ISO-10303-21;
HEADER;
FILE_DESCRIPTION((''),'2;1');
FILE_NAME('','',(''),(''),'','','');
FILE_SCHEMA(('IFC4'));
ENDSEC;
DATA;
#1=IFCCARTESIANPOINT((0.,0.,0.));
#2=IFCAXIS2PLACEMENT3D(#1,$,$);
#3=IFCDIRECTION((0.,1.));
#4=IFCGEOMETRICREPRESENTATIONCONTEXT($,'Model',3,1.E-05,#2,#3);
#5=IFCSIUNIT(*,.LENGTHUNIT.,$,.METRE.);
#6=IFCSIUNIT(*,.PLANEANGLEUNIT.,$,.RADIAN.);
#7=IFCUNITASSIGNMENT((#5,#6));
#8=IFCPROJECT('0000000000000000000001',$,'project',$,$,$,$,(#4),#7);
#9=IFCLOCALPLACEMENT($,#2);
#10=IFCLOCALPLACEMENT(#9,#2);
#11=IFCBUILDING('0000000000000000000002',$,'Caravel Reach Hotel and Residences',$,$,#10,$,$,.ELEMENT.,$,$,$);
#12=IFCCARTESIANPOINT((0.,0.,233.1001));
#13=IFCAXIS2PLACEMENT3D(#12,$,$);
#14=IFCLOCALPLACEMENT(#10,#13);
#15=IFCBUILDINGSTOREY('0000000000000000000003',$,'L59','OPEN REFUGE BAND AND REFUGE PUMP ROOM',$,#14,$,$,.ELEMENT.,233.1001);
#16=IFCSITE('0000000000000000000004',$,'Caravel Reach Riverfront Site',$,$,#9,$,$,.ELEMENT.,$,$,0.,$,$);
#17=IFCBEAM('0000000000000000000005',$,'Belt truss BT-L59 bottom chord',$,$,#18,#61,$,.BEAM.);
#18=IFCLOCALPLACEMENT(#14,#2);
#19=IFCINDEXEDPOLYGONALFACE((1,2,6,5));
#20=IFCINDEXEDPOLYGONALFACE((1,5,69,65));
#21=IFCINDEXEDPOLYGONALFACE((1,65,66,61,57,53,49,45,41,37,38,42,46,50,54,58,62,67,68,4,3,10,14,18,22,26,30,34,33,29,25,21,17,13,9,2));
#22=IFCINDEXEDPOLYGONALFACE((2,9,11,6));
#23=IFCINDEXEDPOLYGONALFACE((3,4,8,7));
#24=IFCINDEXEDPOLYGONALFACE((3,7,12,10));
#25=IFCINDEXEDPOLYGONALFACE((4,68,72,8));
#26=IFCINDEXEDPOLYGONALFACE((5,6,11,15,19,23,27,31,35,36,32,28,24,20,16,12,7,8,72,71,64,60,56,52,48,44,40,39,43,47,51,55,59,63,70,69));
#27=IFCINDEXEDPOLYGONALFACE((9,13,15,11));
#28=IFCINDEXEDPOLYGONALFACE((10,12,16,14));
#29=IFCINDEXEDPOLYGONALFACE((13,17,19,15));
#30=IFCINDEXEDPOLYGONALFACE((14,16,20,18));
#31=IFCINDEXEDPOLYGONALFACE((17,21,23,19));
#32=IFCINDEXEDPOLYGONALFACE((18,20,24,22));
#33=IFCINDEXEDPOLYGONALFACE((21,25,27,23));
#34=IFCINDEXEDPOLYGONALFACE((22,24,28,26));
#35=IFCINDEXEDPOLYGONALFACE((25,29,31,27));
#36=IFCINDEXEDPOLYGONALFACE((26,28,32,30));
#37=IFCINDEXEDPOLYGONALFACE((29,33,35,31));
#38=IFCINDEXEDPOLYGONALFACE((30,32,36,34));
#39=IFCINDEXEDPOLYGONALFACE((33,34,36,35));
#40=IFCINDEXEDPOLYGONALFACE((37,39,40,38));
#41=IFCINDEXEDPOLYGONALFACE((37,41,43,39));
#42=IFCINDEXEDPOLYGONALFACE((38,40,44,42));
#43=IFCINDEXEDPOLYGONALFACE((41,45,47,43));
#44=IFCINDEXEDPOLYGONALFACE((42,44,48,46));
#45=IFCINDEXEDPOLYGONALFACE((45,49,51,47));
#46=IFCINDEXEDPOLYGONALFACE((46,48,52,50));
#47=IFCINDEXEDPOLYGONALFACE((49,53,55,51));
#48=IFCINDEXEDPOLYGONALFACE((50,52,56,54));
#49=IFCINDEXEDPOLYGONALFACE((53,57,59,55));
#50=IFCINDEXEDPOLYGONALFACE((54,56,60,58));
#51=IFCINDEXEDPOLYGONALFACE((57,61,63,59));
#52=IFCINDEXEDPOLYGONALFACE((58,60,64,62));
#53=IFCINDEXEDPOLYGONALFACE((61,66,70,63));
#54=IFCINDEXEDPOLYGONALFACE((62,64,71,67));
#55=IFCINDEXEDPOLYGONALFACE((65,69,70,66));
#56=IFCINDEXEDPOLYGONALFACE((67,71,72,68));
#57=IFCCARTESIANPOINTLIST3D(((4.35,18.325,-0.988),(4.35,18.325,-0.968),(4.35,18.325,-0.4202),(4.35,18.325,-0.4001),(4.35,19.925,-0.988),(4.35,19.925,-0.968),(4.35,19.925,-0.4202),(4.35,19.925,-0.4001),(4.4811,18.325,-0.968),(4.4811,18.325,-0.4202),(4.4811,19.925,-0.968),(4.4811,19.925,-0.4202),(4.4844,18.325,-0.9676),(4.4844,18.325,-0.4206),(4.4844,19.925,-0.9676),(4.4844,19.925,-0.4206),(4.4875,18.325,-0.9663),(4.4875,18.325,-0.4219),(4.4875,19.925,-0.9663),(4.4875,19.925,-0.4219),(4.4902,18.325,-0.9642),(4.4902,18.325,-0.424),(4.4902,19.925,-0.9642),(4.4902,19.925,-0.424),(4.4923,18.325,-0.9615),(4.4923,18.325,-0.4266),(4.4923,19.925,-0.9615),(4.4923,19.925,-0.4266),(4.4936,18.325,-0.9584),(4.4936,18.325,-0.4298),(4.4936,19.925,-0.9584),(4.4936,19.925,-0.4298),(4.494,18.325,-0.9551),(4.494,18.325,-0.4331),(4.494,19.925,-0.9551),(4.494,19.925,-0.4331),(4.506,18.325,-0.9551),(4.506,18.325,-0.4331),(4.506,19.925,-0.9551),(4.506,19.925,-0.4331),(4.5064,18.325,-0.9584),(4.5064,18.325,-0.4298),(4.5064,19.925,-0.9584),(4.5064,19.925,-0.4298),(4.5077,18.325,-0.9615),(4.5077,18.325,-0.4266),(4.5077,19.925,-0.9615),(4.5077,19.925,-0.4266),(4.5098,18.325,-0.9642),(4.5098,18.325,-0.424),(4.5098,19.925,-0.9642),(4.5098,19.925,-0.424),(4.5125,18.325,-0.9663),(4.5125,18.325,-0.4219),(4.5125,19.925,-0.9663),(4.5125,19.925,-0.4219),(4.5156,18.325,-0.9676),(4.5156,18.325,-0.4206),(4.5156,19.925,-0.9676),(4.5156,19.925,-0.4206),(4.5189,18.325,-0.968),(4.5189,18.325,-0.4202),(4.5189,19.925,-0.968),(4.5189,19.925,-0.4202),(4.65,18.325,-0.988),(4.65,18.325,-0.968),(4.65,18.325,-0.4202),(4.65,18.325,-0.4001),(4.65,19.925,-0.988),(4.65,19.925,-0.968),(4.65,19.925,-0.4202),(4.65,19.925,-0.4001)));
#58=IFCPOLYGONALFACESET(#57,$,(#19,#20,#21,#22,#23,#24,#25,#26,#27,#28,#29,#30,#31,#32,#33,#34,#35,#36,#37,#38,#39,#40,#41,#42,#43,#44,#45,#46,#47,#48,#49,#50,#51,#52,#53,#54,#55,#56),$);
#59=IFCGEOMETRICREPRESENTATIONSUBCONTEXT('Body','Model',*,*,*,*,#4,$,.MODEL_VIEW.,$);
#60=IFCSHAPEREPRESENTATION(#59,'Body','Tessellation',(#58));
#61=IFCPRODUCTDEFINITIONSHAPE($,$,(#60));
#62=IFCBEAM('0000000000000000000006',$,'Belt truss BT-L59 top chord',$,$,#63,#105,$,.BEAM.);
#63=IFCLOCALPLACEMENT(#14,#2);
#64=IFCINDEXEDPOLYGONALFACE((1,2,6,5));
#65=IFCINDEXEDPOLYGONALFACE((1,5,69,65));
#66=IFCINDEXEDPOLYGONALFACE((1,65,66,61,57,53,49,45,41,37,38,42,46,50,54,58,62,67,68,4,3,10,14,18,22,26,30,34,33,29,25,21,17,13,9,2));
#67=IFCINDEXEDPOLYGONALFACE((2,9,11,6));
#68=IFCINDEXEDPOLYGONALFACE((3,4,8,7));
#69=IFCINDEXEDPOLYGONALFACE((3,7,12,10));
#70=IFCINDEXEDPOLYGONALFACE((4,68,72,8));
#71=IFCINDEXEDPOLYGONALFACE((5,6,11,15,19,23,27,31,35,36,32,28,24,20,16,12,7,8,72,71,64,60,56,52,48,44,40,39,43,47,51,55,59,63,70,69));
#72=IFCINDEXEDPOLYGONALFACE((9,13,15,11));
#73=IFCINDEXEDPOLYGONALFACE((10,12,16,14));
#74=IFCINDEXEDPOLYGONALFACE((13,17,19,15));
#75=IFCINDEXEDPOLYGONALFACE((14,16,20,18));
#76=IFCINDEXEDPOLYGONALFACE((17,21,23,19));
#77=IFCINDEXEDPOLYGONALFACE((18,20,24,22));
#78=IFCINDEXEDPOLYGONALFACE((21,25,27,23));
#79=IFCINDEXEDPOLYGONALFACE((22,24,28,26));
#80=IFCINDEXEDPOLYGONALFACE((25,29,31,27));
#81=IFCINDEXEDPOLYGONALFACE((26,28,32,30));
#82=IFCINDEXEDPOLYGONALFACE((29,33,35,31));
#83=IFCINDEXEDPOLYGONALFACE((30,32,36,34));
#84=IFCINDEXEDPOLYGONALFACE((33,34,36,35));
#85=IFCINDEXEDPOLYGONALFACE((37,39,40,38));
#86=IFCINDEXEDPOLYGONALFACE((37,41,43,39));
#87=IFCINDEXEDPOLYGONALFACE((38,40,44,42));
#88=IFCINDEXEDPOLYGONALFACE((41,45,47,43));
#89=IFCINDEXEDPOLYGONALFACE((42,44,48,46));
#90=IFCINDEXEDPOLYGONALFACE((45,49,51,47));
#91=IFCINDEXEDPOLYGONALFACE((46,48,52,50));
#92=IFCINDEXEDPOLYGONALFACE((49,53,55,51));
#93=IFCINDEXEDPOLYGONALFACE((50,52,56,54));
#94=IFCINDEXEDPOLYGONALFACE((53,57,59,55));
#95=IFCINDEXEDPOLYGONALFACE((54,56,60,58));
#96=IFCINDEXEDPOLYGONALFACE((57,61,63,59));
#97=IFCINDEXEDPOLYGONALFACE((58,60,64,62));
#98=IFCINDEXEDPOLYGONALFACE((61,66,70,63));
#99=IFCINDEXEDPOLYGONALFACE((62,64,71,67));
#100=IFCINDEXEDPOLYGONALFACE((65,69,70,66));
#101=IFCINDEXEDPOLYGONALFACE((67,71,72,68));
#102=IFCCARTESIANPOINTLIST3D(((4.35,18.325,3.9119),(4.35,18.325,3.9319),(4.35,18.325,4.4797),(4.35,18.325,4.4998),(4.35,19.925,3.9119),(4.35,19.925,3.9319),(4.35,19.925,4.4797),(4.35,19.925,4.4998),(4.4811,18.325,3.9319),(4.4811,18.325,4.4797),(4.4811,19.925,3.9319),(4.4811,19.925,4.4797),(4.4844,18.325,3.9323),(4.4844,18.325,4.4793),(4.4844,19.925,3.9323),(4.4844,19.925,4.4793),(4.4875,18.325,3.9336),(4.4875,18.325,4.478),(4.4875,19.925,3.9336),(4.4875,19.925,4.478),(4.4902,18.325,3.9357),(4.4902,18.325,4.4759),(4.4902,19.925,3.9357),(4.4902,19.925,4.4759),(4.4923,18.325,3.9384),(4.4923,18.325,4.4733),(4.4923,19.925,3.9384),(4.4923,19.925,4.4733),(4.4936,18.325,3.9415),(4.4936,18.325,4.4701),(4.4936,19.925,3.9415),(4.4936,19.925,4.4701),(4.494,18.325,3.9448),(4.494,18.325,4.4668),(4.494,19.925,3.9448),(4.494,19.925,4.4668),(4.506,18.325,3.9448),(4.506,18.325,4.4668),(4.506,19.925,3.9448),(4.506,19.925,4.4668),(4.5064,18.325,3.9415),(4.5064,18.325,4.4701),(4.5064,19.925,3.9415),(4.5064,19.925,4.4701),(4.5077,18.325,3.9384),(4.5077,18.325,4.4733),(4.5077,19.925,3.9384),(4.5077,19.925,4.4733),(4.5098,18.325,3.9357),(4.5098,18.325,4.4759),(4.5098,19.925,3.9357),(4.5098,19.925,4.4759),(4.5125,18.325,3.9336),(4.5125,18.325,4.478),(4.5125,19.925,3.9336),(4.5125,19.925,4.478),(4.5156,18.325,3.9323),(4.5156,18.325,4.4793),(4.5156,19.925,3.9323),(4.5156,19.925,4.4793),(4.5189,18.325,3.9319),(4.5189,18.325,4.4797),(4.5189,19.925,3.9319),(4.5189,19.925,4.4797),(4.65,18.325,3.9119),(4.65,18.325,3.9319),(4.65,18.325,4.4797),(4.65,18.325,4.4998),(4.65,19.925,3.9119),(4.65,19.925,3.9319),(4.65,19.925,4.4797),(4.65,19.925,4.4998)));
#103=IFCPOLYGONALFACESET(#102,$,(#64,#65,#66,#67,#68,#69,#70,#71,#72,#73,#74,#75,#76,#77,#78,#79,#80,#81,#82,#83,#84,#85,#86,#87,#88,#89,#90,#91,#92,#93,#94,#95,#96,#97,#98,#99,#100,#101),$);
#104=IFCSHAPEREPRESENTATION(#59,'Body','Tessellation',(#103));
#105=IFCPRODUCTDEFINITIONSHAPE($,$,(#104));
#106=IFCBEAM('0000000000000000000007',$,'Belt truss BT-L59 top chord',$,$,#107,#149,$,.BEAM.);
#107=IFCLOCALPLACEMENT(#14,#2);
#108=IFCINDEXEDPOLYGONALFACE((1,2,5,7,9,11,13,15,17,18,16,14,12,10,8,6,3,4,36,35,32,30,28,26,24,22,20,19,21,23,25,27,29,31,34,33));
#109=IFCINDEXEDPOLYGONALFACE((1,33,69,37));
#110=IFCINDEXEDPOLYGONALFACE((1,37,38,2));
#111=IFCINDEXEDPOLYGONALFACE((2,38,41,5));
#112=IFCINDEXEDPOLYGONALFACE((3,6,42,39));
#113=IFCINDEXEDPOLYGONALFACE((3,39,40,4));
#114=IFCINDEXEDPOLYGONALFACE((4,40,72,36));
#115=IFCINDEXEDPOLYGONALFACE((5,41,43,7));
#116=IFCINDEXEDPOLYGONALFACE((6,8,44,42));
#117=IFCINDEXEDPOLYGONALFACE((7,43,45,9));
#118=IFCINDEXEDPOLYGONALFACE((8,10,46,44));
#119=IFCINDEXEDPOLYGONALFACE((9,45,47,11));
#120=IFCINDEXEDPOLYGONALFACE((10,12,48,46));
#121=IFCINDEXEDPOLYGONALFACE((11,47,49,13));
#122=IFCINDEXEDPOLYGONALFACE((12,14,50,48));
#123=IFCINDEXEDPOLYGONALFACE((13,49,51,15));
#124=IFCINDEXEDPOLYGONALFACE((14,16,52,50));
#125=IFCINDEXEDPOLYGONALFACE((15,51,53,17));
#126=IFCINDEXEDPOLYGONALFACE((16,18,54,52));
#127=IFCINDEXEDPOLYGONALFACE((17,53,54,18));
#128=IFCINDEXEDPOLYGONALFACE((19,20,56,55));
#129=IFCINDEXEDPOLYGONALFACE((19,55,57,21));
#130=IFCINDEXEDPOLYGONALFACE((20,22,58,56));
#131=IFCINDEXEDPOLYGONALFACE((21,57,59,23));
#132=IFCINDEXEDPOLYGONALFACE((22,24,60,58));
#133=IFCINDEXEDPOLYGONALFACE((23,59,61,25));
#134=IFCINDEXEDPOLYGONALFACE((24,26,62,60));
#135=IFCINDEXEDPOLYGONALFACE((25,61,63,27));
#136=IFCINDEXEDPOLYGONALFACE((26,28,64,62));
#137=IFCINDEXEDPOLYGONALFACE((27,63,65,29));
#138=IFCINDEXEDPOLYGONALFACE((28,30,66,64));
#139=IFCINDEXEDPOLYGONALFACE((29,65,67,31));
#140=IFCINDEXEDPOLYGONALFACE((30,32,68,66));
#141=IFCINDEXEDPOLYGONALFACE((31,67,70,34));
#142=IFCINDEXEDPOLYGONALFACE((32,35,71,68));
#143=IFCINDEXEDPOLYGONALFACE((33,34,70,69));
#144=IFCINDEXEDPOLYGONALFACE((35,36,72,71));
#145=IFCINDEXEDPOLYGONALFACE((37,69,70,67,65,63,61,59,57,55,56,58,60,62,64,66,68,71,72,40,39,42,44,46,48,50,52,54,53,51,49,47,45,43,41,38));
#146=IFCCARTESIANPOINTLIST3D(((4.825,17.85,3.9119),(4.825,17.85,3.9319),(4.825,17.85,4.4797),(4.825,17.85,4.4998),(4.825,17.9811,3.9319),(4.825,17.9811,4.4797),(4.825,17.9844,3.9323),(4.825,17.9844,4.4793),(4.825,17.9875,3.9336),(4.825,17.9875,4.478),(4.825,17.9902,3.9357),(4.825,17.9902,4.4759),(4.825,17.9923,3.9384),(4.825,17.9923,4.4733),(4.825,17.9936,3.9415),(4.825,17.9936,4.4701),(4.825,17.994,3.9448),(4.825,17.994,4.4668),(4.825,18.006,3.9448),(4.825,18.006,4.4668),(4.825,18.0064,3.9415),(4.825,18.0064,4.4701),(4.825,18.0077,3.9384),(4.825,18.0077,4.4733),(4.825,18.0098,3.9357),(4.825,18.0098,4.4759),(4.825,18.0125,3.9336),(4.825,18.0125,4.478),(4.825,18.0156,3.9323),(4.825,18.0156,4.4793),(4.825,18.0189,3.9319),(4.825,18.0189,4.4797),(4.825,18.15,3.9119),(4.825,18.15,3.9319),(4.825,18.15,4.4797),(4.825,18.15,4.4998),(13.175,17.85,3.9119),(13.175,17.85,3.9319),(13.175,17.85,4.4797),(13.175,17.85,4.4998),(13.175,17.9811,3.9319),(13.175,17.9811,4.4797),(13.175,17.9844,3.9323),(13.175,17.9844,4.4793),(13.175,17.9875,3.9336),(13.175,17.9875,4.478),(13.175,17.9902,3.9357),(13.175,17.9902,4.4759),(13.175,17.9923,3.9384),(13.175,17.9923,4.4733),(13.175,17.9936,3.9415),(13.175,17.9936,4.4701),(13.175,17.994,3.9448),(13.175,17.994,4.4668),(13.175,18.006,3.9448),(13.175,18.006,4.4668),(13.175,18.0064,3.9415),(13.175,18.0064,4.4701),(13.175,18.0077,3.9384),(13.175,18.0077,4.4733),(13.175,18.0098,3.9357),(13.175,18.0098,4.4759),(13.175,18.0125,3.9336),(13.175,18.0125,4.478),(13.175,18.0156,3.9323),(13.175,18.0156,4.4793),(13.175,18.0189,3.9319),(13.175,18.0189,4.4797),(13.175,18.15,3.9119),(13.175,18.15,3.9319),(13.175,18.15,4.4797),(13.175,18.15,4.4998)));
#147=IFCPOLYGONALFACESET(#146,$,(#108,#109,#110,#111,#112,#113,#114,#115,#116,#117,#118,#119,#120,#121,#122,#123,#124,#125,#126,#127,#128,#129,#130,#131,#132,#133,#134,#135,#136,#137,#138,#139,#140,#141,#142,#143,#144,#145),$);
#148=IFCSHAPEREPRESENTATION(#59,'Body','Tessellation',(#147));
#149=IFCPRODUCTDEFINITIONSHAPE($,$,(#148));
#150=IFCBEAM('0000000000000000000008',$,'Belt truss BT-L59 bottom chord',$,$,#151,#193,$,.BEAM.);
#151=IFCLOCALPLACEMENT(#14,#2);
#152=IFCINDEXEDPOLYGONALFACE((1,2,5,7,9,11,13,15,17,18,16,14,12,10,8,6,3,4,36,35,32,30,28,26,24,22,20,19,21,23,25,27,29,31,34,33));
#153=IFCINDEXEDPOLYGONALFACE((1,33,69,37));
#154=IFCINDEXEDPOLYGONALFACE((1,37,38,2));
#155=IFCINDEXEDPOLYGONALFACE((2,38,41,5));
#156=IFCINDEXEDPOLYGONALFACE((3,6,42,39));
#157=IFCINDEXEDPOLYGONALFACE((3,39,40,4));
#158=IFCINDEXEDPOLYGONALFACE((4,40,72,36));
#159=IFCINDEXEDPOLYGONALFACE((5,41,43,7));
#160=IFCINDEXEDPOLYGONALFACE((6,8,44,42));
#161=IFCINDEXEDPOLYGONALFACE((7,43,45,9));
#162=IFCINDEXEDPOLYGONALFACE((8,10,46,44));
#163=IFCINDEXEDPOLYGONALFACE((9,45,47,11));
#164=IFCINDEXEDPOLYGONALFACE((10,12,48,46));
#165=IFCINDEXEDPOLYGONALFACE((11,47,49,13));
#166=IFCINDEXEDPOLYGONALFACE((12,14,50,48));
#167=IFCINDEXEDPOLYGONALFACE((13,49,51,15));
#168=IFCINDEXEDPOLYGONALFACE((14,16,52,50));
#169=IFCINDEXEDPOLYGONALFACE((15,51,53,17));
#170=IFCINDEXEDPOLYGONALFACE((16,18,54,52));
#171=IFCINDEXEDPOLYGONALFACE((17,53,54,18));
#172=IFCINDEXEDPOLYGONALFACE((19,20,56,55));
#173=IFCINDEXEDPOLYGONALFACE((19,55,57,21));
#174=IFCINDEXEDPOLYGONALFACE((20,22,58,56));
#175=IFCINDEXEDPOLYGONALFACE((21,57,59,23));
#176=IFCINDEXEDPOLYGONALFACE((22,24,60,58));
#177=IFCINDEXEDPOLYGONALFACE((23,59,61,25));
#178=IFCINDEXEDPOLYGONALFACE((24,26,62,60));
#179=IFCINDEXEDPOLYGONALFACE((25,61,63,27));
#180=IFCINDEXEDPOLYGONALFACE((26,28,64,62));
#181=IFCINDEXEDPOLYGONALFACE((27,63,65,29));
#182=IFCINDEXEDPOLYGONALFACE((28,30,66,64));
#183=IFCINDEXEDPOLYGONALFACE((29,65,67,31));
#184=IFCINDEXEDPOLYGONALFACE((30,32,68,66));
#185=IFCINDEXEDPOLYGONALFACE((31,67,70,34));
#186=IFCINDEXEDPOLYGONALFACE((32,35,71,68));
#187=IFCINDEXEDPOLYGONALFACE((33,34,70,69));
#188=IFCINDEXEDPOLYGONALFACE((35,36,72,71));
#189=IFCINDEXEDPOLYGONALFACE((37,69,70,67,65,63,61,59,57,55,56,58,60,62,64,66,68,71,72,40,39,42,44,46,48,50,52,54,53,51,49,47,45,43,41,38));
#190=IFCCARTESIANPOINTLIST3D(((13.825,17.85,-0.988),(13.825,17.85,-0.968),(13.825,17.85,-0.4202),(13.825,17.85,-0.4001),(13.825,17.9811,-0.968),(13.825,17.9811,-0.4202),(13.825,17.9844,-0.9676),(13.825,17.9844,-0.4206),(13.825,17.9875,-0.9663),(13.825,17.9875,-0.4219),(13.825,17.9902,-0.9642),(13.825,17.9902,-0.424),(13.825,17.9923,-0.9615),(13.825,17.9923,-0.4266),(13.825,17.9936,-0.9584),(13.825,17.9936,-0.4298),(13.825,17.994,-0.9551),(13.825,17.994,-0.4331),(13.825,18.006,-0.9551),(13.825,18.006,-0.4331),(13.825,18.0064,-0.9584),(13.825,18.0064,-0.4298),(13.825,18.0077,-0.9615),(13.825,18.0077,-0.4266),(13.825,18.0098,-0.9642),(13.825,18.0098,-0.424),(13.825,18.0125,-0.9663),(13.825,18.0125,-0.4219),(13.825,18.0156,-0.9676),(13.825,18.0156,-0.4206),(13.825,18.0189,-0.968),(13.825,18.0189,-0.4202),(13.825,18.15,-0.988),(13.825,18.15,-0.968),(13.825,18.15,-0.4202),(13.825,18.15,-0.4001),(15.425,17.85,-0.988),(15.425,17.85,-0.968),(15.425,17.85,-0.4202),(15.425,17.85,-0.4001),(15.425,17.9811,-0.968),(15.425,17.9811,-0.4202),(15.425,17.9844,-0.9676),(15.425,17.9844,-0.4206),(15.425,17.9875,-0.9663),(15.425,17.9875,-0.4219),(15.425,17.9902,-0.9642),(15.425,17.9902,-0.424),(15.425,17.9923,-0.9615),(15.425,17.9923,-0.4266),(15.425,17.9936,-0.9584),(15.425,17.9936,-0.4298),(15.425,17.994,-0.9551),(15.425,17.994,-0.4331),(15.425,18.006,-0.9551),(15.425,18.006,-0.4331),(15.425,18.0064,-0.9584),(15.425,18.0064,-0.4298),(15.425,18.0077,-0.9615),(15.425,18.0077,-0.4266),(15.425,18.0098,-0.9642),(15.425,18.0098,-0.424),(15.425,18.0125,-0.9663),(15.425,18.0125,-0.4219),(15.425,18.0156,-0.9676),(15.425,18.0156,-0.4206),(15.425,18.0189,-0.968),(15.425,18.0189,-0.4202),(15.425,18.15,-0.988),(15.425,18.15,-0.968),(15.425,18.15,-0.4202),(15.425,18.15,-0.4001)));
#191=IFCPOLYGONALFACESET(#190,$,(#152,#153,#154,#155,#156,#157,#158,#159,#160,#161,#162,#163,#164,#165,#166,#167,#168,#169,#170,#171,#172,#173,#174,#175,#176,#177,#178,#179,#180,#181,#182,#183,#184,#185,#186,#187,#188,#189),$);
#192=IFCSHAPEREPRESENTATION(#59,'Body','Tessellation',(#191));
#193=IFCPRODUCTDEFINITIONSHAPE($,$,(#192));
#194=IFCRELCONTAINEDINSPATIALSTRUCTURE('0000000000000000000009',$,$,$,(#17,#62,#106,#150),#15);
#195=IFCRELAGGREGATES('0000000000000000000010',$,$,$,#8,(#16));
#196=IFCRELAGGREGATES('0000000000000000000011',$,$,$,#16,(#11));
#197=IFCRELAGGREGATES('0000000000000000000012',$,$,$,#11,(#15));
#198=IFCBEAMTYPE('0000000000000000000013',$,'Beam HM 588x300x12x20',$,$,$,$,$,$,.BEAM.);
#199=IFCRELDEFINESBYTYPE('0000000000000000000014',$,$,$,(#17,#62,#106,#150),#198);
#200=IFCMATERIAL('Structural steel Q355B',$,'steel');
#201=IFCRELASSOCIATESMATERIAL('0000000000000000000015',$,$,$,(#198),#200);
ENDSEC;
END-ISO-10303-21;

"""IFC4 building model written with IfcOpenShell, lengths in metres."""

from ifc_helpers import new_model, si_unit, direction, frame, origin, origin_2d, place, context, subcontext, project, spatial, i_section, extrude, material, material_profile, profile_set, type_object, element, save


model = new_model("IFC4")

# Units and contexts
model_context = context("Model", 3, precision=1e-05, world=origin(), true_north=direction((0.0, 1.0)))
body_context = subcontext(model_context, "Body", "Model", "MODEL_VIEW")
ifc_project = project(units=[si_unit("LENGTHUNIT", "METRE"), si_unit("PLANEANGLEUNIT", "RADIAN")], contexts=[model_context])

# Site, building, storey
site_placement = place(None, origin())
site = spatial("IfcSite", under=ifc_project, at=site_placement, Name="Caravel Reach Riverfront Site", CompositionType="ELEMENT", RefElevation=0.0)
building_placement = place(site_placement, origin())
building = spatial("IfcBuilding", under=site, at=building_placement, Name="Caravel Reach Hotel and Residences", CompositionType="ELEMENT")
storey_placement = place(building_placement, frame((0.0, 0.0, 233.1001)))
storey = spatial("IfcBuildingStorey", under=building, at=storey_placement, Name="L59", Description="OPEN REFUGE BAND AND REFUGE PUMP ROOM", CompositionType="ELEMENT", Elevation=233.1001)

# Beams
ifc_material_1 = material(Name="Structural steel Q355B", Category="steel")
ifc_material_profile_1 = material_profile(ifc_material_1, i_section(OverallWidth=0.3, OverallDepth=0.5879, WebThickness=0.012, FlangeThickness=0.02, FilletRadius=0.0129, at=origin_2d()), Name="HM 588x300x12x20")
ifc_profile_set_1 = profile_set([ifc_material_profile_1], Name="Structural steel Q355B")
beam_type_1 = type_object("IfcBeamType", Name="Beam HM 588x300x12x20", PredefinedType="BEAM", material=ifc_profile_set_1)
for number, where, z_axis, x_axis, name in (
    (1, (4.5, 19.925, -0.6941), (0.0, -1.0, 0.0), (1.0, 0.0, 0.0), "Belt truss BT-L59 bottom chord"),
    (2, (4.5, 19.925, 4.2058), (0.0, -1.0, 0.0), (1.0, 0.0, 0.0), "Belt truss BT-L59 top chord"),
):
    element("IfcBeam", number, at=place(storey_placement, frame(where, z_axis=z_axis, x_axis=x_axis)), inside=storey, type_object=beam_type_1, Name=name, PredefinedType="BEAM", context=body_context, shape_type="SweptSolid", body=[
        extrude(i_section(OverallWidth=0.3, OverallDepth=0.5879, WebThickness=0.012, FlangeThickness=0.02, FilletRadius=0.0129, at=origin_2d()), origin(), (0.0, 0.0, 1.0), 1.6001),
    ])
beam_1_placement = place(storey_placement, frame((4.825, 18.0, 4.2058), z_axis=(1.0, 0.0, 0.0), x_axis=(0.0, 1.0, 0.0)))
element("IfcBeam", 3, at=beam_1_placement, inside=storey, type_object=beam_type_1, Name="Belt truss BT-L59 top chord", PredefinedType="BEAM", context=body_context, shape_type="SweptSolid", body=[
    extrude(i_section(OverallWidth=0.3, OverallDepth=0.5879, WebThickness=0.012, FlangeThickness=0.02, FilletRadius=0.0129, at=origin_2d()), origin(), (0.0, 0.0, 1.0), 8.3501),
])
for number, where, z_axis, x_axis, name in (
    (4, (13.825, 18.0, -0.6941), (1.0, 0.0, 0.0), (0.0, 1.0, 0.0), "Belt truss BT-L59 bottom chord"),
):
    element("IfcBeam", number, at=place(storey_placement, frame(where, z_axis=z_axis, x_axis=x_axis)), inside=storey, type_object=beam_type_1, Name=name, PredefinedType="BEAM", context=body_context, shape_type="SweptSolid", body=[
        extrude(i_section(OverallWidth=0.3, OverallDepth=0.5879, WebThickness=0.012, FlangeThickness=0.02, FilletRadius=0.0129, at=origin_2d()), origin(), (0.0, 0.0, 1.0), 1.6001),
    ])

save(model, "model.ifc")
